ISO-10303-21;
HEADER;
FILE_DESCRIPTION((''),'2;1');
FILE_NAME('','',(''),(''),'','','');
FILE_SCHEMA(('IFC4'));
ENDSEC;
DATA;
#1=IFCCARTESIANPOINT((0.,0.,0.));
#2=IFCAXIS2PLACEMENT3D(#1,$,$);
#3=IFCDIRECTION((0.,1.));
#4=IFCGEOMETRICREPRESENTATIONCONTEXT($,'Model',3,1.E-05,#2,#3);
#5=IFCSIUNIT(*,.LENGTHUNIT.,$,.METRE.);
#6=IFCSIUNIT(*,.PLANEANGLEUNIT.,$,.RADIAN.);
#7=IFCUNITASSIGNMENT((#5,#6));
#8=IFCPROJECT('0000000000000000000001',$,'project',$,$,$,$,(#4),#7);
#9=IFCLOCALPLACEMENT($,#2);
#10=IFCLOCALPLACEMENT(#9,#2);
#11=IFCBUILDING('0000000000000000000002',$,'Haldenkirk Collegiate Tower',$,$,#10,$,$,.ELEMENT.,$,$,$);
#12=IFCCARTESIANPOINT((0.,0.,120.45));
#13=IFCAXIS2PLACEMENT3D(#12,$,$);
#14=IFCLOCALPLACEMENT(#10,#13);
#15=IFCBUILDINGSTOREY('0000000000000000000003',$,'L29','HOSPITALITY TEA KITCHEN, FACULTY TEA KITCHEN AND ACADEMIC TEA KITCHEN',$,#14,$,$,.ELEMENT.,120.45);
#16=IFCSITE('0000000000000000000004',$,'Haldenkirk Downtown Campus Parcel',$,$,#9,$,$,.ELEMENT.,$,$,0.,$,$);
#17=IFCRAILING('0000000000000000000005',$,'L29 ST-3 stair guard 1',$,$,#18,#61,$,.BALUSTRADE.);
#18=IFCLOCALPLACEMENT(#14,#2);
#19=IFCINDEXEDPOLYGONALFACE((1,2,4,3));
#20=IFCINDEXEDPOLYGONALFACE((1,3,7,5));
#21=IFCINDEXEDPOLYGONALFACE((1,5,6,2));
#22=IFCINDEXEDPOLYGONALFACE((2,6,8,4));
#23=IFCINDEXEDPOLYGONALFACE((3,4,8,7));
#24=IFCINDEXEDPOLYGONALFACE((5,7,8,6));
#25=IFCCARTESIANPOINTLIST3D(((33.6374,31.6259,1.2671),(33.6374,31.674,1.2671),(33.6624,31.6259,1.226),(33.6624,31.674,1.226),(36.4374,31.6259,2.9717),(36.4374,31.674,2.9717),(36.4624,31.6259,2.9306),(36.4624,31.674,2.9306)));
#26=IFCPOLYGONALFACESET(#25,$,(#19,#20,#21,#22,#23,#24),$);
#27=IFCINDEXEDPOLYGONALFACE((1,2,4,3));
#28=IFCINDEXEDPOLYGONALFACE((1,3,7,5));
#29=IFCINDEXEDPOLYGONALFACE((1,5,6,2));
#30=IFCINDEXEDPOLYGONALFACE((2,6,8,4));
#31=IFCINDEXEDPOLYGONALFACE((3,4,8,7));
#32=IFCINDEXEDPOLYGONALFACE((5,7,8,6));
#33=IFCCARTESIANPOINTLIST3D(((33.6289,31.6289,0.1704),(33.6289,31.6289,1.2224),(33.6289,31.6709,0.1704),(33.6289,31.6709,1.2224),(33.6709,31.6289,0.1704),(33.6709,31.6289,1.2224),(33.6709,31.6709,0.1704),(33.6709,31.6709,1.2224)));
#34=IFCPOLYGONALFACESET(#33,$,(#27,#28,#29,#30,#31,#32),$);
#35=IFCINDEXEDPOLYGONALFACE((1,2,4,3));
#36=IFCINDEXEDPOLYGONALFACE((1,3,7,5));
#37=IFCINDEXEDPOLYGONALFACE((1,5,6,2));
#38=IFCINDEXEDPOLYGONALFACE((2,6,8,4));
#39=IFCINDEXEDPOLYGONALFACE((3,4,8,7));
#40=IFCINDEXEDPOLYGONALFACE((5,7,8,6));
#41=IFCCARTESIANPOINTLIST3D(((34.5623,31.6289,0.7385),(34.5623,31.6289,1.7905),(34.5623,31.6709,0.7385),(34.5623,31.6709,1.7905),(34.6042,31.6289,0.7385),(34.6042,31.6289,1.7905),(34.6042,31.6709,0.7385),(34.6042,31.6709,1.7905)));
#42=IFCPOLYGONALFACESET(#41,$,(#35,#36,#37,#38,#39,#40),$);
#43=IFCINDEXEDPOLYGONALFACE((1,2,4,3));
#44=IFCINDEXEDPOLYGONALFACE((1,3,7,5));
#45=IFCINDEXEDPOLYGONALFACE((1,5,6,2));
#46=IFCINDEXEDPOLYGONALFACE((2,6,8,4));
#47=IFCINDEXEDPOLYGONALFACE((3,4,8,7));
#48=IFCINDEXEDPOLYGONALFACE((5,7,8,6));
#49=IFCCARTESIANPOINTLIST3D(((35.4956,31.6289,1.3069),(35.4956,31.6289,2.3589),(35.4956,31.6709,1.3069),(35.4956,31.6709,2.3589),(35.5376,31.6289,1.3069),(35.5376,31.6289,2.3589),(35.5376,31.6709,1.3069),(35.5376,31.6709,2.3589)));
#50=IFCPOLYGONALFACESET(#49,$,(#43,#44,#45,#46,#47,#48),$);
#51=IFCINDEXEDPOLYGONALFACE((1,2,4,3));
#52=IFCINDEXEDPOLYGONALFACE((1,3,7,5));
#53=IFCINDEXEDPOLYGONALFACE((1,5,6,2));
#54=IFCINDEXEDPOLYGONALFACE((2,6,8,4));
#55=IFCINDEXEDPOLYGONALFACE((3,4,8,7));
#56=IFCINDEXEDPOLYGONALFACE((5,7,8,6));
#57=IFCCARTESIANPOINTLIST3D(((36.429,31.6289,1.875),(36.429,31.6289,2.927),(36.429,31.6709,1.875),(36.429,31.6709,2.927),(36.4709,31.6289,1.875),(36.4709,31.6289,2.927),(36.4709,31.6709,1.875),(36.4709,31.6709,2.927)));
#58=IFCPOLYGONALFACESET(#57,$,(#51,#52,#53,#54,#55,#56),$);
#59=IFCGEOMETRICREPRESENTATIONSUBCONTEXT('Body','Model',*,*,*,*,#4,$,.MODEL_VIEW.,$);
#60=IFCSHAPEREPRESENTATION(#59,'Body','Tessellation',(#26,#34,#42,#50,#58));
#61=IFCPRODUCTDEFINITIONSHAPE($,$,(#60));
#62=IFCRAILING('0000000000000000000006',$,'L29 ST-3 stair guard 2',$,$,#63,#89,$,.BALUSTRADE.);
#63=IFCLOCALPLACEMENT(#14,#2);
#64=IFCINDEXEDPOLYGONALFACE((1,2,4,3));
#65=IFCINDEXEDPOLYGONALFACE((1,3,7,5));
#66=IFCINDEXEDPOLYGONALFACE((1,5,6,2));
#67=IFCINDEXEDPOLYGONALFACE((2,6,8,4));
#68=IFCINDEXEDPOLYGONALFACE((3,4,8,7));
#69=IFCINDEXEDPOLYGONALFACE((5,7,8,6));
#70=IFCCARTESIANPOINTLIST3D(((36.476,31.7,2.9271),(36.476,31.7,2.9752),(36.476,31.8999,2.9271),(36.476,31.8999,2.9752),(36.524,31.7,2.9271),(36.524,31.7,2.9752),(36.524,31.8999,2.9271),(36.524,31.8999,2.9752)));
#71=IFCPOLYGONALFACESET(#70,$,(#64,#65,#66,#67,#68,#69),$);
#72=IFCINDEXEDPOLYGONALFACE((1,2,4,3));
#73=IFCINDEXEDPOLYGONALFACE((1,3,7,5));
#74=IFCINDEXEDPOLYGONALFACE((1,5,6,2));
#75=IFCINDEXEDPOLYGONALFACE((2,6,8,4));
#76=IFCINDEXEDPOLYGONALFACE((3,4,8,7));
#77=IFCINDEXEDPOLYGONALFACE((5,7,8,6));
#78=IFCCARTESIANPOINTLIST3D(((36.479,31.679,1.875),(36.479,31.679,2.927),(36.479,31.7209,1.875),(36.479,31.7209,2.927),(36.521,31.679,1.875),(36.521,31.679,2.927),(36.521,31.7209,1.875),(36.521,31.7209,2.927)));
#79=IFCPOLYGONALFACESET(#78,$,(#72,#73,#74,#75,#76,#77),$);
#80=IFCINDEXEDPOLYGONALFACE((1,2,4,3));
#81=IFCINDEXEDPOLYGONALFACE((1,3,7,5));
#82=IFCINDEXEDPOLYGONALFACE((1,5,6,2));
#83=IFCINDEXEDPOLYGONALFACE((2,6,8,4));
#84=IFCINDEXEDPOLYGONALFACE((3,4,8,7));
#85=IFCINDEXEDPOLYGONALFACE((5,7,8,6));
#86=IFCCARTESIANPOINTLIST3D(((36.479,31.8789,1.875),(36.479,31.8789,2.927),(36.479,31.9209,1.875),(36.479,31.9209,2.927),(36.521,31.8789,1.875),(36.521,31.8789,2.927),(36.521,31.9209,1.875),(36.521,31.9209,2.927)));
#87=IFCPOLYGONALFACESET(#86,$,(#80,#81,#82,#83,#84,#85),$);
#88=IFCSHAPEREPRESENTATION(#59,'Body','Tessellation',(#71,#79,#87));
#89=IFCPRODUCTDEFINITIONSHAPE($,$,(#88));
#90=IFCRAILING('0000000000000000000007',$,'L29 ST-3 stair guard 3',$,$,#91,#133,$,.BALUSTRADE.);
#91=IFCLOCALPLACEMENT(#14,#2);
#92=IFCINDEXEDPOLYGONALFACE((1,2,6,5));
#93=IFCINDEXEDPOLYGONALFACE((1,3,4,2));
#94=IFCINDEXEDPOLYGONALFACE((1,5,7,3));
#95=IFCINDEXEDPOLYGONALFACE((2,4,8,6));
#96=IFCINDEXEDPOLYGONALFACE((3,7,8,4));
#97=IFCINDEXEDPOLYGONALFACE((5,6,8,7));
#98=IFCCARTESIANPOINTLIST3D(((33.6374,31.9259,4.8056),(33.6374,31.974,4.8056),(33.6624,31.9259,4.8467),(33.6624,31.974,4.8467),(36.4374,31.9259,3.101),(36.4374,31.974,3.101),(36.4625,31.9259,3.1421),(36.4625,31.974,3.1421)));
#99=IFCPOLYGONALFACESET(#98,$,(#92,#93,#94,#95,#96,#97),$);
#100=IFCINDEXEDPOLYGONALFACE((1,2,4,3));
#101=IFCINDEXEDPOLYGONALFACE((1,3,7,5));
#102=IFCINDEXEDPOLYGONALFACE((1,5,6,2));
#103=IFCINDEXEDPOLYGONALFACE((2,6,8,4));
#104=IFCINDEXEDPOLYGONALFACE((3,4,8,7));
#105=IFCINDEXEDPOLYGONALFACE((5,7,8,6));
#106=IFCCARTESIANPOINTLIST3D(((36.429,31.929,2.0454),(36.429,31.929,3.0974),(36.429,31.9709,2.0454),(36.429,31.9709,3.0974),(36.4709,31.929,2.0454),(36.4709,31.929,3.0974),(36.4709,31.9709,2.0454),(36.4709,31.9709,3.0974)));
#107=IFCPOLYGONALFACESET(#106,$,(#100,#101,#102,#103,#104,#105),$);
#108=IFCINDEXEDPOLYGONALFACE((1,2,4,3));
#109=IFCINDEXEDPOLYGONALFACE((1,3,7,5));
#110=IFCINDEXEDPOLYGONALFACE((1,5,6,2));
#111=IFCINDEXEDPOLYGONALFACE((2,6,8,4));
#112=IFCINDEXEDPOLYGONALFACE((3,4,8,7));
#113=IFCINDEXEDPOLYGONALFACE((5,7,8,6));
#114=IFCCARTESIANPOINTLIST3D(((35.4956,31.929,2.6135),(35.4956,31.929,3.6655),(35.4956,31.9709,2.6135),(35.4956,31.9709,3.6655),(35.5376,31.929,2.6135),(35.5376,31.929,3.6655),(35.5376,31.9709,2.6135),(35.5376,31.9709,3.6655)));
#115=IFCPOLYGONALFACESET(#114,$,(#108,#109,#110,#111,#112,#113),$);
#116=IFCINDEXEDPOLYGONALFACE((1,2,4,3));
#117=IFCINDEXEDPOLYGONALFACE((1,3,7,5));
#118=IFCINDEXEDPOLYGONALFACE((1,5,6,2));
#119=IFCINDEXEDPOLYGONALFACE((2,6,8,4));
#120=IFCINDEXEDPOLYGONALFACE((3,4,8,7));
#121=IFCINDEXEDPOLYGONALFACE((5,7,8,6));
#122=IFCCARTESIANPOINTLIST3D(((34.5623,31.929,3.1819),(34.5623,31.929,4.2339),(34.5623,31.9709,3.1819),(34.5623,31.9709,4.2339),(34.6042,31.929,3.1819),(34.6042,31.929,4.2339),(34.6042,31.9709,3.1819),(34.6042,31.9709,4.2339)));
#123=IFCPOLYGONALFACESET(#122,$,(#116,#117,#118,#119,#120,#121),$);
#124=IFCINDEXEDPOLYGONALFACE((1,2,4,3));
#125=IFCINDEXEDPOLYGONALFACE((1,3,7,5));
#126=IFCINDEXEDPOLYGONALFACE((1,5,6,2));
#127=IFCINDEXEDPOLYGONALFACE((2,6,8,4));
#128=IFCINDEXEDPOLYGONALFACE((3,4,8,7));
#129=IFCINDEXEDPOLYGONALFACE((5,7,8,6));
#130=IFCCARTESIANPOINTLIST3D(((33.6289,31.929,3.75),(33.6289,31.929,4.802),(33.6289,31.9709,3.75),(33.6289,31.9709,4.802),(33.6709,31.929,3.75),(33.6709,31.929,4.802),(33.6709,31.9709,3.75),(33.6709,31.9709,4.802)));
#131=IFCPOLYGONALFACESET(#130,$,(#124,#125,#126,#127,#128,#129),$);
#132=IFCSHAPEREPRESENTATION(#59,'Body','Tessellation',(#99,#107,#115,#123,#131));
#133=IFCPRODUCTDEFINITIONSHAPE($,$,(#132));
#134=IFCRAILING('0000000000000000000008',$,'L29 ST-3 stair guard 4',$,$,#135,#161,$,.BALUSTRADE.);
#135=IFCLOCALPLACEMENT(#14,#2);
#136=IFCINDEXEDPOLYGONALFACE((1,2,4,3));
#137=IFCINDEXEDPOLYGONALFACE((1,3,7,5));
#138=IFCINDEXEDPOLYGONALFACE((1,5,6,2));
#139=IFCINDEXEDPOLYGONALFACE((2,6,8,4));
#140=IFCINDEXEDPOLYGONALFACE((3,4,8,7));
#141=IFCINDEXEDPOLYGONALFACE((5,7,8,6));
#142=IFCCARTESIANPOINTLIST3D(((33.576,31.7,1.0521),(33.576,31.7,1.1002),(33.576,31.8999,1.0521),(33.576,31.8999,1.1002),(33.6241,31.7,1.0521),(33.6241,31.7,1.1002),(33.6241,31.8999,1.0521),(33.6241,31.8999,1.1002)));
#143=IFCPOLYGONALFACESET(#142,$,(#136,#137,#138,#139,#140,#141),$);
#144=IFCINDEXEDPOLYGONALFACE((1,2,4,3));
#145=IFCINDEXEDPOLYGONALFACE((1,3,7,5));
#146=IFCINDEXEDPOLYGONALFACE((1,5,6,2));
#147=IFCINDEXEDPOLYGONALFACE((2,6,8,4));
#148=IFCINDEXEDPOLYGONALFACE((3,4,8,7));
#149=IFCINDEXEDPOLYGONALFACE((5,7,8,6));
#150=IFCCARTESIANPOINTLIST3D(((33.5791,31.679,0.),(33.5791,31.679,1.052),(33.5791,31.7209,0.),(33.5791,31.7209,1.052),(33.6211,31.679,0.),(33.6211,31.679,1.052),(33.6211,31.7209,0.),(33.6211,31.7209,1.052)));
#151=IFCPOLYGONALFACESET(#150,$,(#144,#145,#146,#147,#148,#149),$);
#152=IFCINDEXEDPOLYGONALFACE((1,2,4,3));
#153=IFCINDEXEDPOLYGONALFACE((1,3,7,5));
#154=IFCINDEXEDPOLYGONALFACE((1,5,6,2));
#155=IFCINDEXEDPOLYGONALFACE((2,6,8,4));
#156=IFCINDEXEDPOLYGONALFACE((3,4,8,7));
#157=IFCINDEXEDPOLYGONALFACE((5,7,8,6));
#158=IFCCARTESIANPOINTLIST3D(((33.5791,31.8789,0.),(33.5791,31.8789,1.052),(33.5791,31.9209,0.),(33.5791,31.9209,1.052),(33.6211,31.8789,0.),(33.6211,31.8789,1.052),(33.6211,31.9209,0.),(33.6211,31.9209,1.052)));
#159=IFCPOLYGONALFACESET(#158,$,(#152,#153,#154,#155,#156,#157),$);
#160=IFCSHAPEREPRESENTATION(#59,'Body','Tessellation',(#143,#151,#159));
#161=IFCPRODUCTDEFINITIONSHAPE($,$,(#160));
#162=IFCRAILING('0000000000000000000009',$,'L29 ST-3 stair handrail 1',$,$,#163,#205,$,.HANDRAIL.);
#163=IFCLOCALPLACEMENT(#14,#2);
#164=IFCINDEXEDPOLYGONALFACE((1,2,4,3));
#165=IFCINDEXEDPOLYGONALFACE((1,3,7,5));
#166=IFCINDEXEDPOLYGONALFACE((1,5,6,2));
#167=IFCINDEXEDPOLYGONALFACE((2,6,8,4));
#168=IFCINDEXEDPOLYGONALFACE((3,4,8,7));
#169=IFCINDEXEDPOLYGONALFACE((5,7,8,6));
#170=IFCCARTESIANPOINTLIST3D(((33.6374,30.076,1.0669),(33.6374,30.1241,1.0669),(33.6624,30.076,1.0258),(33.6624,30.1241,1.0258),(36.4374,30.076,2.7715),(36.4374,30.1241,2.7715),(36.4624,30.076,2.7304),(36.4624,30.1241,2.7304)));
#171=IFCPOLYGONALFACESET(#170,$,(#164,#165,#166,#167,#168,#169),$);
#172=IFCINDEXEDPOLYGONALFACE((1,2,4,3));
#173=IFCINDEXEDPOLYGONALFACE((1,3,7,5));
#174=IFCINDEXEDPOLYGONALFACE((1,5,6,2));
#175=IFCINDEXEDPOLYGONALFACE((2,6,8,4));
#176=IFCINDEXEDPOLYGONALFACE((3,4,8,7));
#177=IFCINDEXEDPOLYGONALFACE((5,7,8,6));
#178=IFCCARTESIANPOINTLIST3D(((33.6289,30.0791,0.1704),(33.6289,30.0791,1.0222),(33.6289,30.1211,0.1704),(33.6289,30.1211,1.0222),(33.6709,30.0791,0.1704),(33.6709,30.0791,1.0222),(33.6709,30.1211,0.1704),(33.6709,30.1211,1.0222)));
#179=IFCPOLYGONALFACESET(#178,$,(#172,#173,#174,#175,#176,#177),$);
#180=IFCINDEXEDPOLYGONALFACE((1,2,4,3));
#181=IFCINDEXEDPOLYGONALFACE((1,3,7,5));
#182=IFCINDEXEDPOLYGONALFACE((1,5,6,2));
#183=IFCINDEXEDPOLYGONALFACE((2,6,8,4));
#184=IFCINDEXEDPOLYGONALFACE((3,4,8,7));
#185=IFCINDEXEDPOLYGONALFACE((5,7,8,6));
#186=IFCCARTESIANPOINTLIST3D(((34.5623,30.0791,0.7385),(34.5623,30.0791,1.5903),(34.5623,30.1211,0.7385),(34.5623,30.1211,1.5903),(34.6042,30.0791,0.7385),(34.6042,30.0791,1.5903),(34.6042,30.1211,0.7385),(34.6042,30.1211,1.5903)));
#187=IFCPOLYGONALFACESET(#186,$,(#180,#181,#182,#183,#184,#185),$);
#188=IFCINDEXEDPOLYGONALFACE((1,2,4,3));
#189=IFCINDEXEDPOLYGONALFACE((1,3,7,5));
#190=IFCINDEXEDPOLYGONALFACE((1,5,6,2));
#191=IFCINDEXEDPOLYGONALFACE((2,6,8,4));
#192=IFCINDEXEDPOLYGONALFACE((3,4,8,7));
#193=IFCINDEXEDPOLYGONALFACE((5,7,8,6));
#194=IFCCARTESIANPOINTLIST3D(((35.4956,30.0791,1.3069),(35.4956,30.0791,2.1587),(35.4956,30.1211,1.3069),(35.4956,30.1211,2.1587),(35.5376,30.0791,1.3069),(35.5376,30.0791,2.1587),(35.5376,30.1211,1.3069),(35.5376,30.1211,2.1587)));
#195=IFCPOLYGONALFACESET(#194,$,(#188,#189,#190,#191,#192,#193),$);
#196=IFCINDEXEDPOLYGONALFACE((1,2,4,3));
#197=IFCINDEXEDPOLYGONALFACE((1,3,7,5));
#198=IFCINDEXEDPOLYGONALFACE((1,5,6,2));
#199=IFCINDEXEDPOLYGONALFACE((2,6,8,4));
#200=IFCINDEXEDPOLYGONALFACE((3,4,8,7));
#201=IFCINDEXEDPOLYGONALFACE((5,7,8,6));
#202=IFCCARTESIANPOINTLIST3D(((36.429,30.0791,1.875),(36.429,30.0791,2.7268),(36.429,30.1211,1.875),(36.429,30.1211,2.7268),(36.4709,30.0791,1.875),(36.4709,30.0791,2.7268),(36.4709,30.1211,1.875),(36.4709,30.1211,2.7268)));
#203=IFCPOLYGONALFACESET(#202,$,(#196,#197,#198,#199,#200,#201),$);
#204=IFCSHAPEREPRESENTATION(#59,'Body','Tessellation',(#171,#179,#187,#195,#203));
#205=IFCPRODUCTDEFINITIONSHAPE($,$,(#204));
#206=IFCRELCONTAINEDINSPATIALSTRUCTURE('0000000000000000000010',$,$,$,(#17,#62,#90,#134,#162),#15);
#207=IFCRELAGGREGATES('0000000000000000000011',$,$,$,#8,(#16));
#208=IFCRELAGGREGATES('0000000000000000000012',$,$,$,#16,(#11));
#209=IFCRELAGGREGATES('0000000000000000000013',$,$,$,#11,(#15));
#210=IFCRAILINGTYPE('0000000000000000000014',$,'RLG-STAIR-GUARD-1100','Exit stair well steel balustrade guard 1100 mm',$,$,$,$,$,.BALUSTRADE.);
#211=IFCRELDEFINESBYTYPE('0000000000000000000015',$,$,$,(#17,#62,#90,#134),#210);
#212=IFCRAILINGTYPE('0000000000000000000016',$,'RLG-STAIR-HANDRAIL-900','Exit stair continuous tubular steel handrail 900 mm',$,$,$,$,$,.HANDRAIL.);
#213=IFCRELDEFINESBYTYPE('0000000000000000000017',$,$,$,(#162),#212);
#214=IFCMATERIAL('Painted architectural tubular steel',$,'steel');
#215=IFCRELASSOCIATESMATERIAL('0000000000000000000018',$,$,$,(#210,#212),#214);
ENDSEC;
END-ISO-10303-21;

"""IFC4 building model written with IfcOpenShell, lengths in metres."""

from ifc_helpers import new_model, si_unit, direction, frame, origin, origin_2d, place, context, subcontext, project, spatial, rectangle, extrude, material, type_object, element, save


model = new_model("IFC4")

# Units and contexts
model_context = context("Model", 3, precision=1e-05, world=origin(), true_north=direction((0.0, 1.0)))
body_context = subcontext(model_context, "Body", "Model", "MODEL_VIEW")
ifc_project = project(units=[si_unit("LENGTHUNIT", "METRE"), si_unit("PLANEANGLEUNIT", "RADIAN")], contexts=[model_context])

# Site, building, storey
site_placement = place(None, origin())
site = spatial("IfcSite", under=ifc_project, at=site_placement, Name="Haldenkirk Downtown Campus Parcel", CompositionType="ELEMENT", RefElevation=0.0)
building_placement = place(site_placement, origin())
building = spatial("IfcBuilding", under=site, at=building_placement, Name="Haldenkirk Collegiate Tower", CompositionType="ELEMENT")
storey_placement = place(building_placement, frame((0.0, 0.0, 120.45)))
storey = spatial("IfcBuildingStorey", under=building, at=storey_placement, Name="L29", Description="HOSPITALITY TEA KITCHEN, FACULTY TEA KITCHEN AND ACADEMIC TEA KITCHEN", CompositionType="ELEMENT", Elevation=120.45)

# Railings
ifc_material_1 = material(Name="Painted architectural tubular steel", Category="steel")
railing_type_1 = type_object("IfcRailingType", Name="RLG-STAIR-GUARD-1100", Description="Exit stair well steel balustrade guard 1100 mm", PredefinedType="BALUSTRADE", material=ifc_material_1)
railing_1_placement = place(storey_placement, frame((33.6499, 31.6499, 0.1704)))
element("IfcRailing", 1, at=railing_1_placement, inside=storey, type_object=railing_type_1, Name="L29 ST-3 stair guard 1", PredefinedType="BALUSTRADE", context=body_context, shape_type="SweptSolid", body=[
    extrude(rectangle(XDim=0.0481, YDim=0.0481, at=origin_2d()), frame((0.0, 0.0, 1.0762), z_axis=(0.85417, 0.0, 0.519994), x_axis=(0.0, 1.0, 0.0)), (0.0, 0.0, 1.0), 3.2781),
    extrude(rectangle(XDim=0.042, YDim=0.042, at=origin_2d()), origin(), (0.0, 0.0, 1.0), 1.052),
    extrude(rectangle(XDim=0.042, YDim=0.042, at=origin_2d()), frame((0.9333, 0.0, 0.5681)), (0.0, 0.0, 1.0), 1.052),
    extrude(rectangle(XDim=0.042, YDim=0.042, at=origin_2d()), frame((1.8667, 0.0, 1.1365)), (0.0, 0.0, 1.0), 1.052),
    extrude(rectangle(XDim=0.042, YDim=0.042, at=origin_2d()), frame((2.8, 0.0, 1.7046)), (0.0, 0.0, 1.0), 1.052),
])
railing_2_placement = place(storey_placement, frame((36.5, 31.7, 1.875)))
element("IfcRailing", 2, at=railing_2_placement, inside=storey, type_object=railing_type_1, Name="L29 ST-3 stair guard 2", PredefinedType="BALUSTRADE", context=body_context, shape_type="SweptSolid", body=[
    extrude(rectangle(XDim=0.0481, YDim=0.0481, at=origin_2d()), frame((0.0, 0.0, 1.0762), z_axis=(0.0, 1.0, 0.0), x_axis=(-1.0, 0.0, 0.0)), (0.0, 0.0, 1.0), 0.2),
    extrude(rectangle(XDim=0.042, YDim=0.042, at=origin_2d()), origin(), (0.0, 0.0, 1.0), 1.052),
    extrude(rectangle(XDim=0.042, YDim=0.042, at=origin_2d()), frame((0.0, 0.2, 0.0)), (0.0, 0.0, 1.0), 1.052),
])
railing_3_placement = place(storey_placement, frame((36.45, 31.95, 2.0454)))
element("IfcRailing", 3, at=railing_3_placement, inside=storey, type_object=railing_type_1, Name="L29 ST-3 stair guard 3", PredefinedType="BALUSTRADE", context=body_context, shape_type="SweptSolid", body=[
    extrude(rectangle(XDim=0.0481, YDim=0.0481, at=origin_2d()), frame((0.0, 0.0, 1.0762), z_axis=(-0.85417, 0.0, 0.519994), x_axis=(0.0, -1.0, 0.0)), (0.0, 0.0, 1.0), 3.2781),
    extrude(rectangle(XDim=0.042, YDim=0.042, at=origin_2d()), origin(), (0.0, 0.0, 1.0), 1.052),
    extrude(rectangle(XDim=0.042, YDim=0.042, at=origin_2d()), frame((-0.9333, 0.0, 0.5681)), (0.0, 0.0, 1.0), 1.052),
    extrude(rectangle(XDim=0.042, YDim=0.042, at=origin_2d()), frame((-1.8667, 0.0, 1.1365)), (0.0, 0.0, 1.0), 1.052),
    extrude(rectangle(XDim=0.042, YDim=0.042, at=origin_2d()), frame((-2.8, 0.0, 1.7046)), (0.0, 0.0, 1.0), 1.052),
])
railing_4_placement = place(storey_placement, frame((33.6001, 31.7, 0.0)))
element("IfcRailing", 4, at=railing_4_placement, inside=storey, type_object=railing_type_1, Name="L29 ST-3 stair guard 4", PredefinedType="BALUSTRADE", context=body_context, shape_type="SweptSolid", body=[
    extrude(rectangle(XDim=0.0481, YDim=0.0481, at=origin_2d()), frame((0.0, 0.0, 1.0762), z_axis=(0.0, 1.0, 0.0), x_axis=(-1.0, 0.0, 0.0)), (0.0, 0.0, 1.0), 0.2),
    extrude(rectangle(XDim=0.042, YDim=0.042, at=origin_2d()), origin(), (0.0, 0.0, 1.0), 1.052),
    extrude(rectangle(XDim=0.042, YDim=0.042, at=origin_2d()), frame((0.0, 0.2, 0.0)), (0.0, 0.0, 1.0), 1.052),
])
railing_type_2 = type_object("IfcRailingType", Name="RLG-STAIR-HANDRAIL-900", Description="Exit stair continuous tubular steel handrail 900 mm", PredefinedType="HANDRAIL", material=ifc_material_1)
railing_5_placement = place(storey_placement, frame((33.6499, 30.1001, 0.1704)))
element("IfcRailing", 5, at=railing_5_placement, inside=storey, type_object=railing_type_2, Name="L29 ST-3 stair handrail 1", PredefinedType="HANDRAIL", context=body_context, shape_type="SweptSolid", body=[
    extrude(rectangle(XDim=0.0481, YDim=0.0481, at=origin_2d()), frame((0.0, 0.0, 0.876), z_axis=(0.85417, 0.0, 0.519994), x_axis=(0.0, 1.0, 0.0)), (0.0, 0.0, 1.0), 3.2781),
    extrude(rectangle(XDim=0.042, YDim=0.042, at=origin_2d()), origin(), (0.0, 0.0, 1.0), 0.8518),
    extrude(rectangle(XDim=0.042, YDim=0.042, at=origin_2d()), frame((0.9333, 0.0, 0.5681)), (0.0, 0.0, 1.0), 0.8518),
    extrude(rectangle(XDim=0.042, YDim=0.042, at=origin_2d()), frame((1.8667, 0.0, 1.1365)), (0.0, 0.0, 1.0), 0.8518),
    extrude(rectangle(XDim=0.042, YDim=0.042, at=origin_2d()), frame((2.8, 0.0, 1.7046)), (0.0, 0.0, 1.0), 0.8518),
])

save(model, "model.ifc")
